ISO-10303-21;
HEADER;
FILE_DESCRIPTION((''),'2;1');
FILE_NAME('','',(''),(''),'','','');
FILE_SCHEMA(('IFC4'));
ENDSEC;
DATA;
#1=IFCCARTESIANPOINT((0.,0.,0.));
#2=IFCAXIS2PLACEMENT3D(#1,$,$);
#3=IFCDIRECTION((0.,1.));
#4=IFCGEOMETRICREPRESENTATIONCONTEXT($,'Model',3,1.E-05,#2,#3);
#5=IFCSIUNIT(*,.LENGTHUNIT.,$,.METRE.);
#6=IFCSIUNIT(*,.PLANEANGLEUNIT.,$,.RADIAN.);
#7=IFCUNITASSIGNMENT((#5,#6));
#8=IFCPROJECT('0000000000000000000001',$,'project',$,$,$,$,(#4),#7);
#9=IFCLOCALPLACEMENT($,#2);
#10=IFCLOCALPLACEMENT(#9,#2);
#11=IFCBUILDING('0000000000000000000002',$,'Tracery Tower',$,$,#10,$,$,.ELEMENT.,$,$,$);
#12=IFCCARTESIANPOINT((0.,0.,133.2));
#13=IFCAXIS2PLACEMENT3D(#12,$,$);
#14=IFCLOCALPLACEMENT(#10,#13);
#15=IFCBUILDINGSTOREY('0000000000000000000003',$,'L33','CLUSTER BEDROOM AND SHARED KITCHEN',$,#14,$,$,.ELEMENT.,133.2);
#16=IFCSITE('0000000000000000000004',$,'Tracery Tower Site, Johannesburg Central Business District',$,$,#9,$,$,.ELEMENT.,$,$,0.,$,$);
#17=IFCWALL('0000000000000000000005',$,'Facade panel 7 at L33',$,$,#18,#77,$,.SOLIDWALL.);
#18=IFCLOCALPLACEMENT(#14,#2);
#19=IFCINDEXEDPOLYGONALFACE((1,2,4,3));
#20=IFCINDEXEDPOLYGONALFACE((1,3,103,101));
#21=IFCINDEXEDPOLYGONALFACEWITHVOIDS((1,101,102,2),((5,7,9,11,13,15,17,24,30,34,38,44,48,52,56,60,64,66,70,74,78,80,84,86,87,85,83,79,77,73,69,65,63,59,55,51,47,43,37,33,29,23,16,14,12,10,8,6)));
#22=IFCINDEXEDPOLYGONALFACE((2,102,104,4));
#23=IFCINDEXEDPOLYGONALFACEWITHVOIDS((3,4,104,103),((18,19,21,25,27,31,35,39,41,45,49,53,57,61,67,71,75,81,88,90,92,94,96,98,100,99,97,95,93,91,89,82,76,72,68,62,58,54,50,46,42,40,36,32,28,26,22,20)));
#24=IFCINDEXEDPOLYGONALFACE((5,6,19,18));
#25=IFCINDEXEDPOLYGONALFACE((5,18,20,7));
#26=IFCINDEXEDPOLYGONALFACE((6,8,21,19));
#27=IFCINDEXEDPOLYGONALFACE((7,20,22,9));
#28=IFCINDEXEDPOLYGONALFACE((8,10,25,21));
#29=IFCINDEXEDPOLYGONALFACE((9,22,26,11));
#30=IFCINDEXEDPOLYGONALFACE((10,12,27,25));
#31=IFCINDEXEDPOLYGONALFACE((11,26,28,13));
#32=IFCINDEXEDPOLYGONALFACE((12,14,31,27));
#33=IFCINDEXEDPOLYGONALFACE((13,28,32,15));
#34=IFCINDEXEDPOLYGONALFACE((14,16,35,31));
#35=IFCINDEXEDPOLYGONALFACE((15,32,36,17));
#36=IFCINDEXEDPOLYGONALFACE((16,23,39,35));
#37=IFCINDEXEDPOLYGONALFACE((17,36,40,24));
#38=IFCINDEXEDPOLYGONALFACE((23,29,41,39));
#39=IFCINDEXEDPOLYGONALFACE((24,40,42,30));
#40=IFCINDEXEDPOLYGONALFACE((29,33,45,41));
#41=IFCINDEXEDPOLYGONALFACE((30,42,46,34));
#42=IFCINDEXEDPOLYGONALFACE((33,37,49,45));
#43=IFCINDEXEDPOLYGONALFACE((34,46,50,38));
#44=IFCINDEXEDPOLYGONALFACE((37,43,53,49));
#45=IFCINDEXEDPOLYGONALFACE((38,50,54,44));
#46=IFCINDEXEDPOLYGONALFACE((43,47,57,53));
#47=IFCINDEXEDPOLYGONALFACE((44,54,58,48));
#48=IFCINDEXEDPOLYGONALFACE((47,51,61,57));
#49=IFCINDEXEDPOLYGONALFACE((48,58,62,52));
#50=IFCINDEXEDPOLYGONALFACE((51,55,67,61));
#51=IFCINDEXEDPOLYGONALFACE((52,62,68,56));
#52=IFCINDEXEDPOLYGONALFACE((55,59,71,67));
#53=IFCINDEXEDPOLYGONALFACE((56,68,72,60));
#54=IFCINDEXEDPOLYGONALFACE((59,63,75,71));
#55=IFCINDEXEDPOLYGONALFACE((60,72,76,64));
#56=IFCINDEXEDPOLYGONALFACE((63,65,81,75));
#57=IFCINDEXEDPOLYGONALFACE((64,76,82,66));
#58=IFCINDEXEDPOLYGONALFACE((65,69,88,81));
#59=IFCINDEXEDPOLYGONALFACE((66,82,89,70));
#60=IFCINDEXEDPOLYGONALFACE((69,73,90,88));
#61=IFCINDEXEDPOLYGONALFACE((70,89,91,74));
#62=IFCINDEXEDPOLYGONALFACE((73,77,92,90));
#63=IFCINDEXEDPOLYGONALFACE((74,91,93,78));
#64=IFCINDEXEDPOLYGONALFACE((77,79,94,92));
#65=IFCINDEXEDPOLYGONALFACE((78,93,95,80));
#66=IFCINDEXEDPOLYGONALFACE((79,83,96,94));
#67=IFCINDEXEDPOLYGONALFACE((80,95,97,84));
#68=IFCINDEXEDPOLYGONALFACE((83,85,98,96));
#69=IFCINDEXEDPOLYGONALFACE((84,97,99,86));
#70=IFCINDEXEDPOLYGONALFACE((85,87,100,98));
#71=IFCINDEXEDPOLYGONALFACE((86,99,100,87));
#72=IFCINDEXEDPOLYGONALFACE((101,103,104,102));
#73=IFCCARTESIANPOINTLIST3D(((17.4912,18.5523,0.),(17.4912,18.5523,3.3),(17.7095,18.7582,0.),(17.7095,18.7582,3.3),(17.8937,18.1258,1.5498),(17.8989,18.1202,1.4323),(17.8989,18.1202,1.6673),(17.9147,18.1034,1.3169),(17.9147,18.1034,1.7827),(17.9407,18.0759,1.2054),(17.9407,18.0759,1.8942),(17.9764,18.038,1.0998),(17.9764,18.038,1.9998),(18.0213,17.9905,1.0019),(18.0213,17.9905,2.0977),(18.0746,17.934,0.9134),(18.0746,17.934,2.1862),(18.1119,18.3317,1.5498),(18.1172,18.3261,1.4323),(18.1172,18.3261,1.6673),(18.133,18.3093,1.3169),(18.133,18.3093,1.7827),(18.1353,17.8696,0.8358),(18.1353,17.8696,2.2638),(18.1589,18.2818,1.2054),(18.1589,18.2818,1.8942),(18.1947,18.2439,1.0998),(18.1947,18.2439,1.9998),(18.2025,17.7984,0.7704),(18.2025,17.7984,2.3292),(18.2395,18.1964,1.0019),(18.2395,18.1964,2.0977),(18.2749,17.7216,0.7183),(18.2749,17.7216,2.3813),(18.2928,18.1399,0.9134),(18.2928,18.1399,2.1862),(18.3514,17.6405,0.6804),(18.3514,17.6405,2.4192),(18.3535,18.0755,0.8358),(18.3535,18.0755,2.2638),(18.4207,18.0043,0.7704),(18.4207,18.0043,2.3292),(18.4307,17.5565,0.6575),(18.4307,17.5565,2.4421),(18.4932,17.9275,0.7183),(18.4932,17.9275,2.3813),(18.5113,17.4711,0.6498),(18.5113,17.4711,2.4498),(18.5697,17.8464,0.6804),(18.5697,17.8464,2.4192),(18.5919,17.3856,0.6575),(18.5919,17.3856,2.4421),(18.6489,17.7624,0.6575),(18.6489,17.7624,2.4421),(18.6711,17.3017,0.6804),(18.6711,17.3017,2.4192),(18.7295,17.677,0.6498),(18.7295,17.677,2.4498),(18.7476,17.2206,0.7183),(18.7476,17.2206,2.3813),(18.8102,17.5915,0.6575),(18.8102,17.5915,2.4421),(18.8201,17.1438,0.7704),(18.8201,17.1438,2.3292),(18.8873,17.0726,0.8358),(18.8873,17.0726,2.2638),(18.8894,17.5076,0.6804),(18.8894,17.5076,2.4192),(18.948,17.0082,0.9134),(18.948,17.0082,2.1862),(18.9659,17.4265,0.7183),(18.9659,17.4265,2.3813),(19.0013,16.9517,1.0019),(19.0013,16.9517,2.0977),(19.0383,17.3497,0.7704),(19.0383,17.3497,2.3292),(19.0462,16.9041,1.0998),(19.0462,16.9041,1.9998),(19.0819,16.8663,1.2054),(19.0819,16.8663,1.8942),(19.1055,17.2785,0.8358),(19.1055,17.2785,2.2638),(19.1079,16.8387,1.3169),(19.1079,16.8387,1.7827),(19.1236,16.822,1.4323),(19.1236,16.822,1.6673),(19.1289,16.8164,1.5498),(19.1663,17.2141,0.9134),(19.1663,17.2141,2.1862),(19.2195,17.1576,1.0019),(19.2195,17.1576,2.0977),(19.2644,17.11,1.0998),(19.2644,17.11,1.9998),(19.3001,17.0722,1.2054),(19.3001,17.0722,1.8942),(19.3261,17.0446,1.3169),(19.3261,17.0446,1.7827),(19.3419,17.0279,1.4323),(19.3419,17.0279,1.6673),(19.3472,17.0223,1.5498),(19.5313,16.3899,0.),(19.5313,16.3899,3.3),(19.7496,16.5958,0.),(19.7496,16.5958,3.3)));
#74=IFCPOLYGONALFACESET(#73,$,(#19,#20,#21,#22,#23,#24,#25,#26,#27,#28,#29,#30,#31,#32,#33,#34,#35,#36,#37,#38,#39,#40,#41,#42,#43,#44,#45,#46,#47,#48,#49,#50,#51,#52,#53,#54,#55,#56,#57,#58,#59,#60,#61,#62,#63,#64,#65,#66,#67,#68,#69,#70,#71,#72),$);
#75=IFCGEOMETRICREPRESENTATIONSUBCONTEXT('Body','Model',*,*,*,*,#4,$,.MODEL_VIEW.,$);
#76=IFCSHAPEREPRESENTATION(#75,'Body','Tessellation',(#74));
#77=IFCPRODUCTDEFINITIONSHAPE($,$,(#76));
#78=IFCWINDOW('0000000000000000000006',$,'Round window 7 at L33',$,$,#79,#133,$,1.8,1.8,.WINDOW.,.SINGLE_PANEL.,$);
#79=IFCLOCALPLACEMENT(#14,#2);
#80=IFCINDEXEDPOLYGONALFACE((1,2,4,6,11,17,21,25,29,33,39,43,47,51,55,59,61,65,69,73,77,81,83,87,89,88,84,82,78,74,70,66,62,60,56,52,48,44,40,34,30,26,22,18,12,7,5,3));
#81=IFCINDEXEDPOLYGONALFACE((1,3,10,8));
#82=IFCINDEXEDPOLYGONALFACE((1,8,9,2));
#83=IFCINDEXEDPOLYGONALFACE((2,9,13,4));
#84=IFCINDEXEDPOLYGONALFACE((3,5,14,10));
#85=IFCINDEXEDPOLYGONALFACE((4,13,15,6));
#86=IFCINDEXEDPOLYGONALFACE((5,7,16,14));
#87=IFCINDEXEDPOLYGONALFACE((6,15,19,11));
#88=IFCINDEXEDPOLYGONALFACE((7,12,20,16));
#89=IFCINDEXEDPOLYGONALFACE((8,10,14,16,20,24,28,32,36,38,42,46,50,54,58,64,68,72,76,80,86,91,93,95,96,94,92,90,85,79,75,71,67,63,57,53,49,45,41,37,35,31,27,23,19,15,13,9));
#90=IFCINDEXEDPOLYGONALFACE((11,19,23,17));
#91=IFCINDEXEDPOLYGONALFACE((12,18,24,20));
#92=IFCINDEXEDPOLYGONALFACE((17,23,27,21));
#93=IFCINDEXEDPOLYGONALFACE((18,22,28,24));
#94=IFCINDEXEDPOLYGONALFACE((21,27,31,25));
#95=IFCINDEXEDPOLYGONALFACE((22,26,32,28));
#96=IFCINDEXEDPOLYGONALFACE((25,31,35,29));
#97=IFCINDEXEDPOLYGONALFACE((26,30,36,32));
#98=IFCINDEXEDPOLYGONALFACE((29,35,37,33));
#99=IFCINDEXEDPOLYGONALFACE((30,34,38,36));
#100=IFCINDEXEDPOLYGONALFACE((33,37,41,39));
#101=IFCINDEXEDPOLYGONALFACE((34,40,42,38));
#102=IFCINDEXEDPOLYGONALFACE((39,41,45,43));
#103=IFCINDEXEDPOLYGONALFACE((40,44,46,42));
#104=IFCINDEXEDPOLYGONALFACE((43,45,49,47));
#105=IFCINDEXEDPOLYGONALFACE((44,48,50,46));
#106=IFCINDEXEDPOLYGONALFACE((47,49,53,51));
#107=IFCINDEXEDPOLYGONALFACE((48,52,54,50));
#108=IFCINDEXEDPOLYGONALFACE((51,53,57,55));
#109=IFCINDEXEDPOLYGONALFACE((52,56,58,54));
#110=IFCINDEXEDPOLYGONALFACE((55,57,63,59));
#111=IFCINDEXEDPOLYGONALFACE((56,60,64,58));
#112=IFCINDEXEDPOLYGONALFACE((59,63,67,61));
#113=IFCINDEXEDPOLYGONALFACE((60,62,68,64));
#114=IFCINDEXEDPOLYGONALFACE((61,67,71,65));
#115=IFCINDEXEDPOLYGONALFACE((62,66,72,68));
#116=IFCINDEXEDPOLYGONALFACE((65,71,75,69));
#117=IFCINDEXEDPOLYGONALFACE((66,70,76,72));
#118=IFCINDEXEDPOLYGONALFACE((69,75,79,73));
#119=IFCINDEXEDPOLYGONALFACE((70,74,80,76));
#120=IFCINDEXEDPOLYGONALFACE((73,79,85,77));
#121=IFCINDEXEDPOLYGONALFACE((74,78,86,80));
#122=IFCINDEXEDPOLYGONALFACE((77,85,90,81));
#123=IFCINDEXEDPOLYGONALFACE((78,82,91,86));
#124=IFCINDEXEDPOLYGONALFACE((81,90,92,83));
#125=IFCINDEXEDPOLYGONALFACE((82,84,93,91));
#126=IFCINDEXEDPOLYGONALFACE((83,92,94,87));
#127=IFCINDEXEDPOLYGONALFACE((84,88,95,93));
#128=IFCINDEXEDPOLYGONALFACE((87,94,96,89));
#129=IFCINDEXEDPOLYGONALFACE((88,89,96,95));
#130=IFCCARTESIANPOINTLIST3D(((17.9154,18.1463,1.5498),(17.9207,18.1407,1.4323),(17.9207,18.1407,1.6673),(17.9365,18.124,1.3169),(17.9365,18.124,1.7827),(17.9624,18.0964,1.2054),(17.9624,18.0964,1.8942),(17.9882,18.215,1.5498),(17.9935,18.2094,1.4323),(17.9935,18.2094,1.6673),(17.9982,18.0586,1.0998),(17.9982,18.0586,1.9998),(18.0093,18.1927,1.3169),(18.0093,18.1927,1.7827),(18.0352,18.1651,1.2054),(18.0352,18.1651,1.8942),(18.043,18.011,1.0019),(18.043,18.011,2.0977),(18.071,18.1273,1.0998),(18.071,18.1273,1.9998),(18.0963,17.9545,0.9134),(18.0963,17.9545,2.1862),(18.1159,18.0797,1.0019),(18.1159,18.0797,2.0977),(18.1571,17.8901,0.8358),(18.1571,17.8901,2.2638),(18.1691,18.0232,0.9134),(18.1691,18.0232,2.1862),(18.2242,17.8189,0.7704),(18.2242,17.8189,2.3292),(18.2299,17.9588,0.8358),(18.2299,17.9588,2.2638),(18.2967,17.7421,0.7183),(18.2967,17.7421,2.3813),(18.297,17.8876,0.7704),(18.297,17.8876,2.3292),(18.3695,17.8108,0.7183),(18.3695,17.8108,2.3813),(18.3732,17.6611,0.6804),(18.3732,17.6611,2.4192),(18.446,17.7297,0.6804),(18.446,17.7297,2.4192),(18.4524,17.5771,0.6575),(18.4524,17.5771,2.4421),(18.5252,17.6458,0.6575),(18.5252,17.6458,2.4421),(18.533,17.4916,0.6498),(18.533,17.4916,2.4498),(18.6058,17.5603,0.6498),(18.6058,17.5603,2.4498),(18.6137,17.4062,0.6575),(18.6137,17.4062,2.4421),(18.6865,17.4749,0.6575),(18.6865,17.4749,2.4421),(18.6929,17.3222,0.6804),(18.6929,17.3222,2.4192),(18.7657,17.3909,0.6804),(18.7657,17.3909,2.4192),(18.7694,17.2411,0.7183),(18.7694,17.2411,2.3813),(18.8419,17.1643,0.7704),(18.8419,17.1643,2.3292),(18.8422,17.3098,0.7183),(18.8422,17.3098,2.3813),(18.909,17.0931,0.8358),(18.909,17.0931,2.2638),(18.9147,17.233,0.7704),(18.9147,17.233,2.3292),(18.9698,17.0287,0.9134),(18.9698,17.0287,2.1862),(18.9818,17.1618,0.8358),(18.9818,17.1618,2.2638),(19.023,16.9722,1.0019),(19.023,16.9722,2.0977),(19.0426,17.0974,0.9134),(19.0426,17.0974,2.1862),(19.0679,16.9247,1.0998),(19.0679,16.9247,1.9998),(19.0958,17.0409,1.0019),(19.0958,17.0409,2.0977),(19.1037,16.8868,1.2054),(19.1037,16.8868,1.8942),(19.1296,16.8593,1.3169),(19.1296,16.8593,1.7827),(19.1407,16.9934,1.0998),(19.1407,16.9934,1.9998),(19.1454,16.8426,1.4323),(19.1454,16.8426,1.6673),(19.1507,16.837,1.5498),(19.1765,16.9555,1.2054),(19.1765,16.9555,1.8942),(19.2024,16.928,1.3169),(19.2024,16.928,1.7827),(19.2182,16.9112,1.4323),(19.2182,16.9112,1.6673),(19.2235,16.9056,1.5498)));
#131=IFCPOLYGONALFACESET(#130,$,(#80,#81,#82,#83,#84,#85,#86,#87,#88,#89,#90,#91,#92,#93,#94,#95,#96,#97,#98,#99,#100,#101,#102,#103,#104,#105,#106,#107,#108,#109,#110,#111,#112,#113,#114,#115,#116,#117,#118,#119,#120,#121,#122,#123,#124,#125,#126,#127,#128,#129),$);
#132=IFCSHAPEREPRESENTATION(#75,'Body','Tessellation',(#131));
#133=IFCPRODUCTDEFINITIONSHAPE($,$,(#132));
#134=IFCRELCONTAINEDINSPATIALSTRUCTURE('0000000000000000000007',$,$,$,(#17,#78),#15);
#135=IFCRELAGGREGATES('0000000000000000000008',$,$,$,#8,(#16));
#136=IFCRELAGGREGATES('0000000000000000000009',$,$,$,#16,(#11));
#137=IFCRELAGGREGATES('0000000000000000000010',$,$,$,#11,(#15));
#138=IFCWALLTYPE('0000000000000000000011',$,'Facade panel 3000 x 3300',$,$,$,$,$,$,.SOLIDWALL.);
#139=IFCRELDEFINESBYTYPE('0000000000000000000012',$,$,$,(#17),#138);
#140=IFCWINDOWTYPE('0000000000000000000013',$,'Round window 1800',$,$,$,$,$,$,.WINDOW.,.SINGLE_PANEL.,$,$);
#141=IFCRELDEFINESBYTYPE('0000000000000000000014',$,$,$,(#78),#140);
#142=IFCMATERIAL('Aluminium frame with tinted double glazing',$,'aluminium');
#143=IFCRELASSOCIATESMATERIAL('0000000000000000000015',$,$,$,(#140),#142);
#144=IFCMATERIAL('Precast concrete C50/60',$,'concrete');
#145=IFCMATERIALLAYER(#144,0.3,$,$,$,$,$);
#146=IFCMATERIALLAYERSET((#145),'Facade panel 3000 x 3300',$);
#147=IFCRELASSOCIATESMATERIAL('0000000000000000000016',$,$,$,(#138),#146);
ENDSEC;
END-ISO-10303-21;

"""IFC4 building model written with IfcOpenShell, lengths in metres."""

from ifc_helpers import new_model, si_unit, direction, frame, frame_2d, origin, origin_2d, place, context, subcontext, project, spatial, rectangle, circle, extrude, material, layer, layer_set, type_object, element, fill, save


model = new_model("IFC4")

# Units and contexts
model_context = context("Model", 3, precision=1e-05, world=origin(), true_north=direction((0.0, 1.0)))
body_context = subcontext(model_context, "Body", "Model", "MODEL_VIEW")
ifc_project = project(units=[si_unit("LENGTHUNIT", "METRE"), si_unit("PLANEANGLEUNIT", "RADIAN")], contexts=[model_context])

# Site, building, storey
site_placement = place(None, origin())
site = spatial("IfcSite", under=ifc_project, at=site_placement, Name="Tracery Tower Site, Johannesburg Central Business District", CompositionType="ELEMENT", RefElevation=0.0)
building_placement = place(site_placement, origin())
building = spatial("IfcBuilding", under=site, at=building_placement, Name="Tracery Tower", CompositionType="ELEMENT")
storey_placement = place(building_placement, frame((0.0, 0.0, 133.2)))
storey = spatial("IfcBuildingStorey", under=building, at=storey_placement, Name="L33", Description="CLUSTER BEDROOM AND SHARED KITCHEN", CompositionType="ELEMENT", Elevation=133.2)

# Wall, opening, window
ifc_material_1 = material(Name="Aluminium frame with tinted double glazing", Category="aluminium")
window_type = type_object("IfcWindowType", Name="Round window 1800", PartitioningType="SINGLE_PANEL", PredefinedType="WINDOW", material=ifc_material_1)
ifc_material_2 = material(Name="Precast concrete C50/60", Category="concrete")
ifc_layer_1 = layer(ifc_material_2, 0.3)
ifc_layer_set_1 = layer_set([ifc_layer_1], Name="Facade panel 3000 x 3300")
wall_type_1 = type_object("IfcWallType", Name="Facade panel 3000 x 3300", PredefinedType="SOLIDWALL", material=ifc_layer_set_1)
wall_1_placement = place(storey_placement, frame((19.6404, 16.4929, 0.0), z_axis=(0.0, 0.0, 1.0), x_axis=(-0.686235, 0.72738, 0.0)))
wall_1 = element("IfcWall", 1, at=wall_1_placement, inside=storey, type_object=wall_type_1, Name="Facade panel 7 at L33", PredefinedType="SOLIDWALL", context=body_context, shape_type="SweptSolid", body=[
    extrude(rectangle(XDim=2.9729, YDim=0.3, at=frame_2d((1.4863, 0.0))), origin(), (0.0, 0.0, 1.0), 3.3),
])
opening_1_placement = place(wall_1_placement, frame((1.4863, 0.0, 1.5498)))
opening_1 = element("IfcOpeningElement", 2, at=opening_1_placement, cuts=wall_1, PredefinedType="OPENING", context=body_context, shape_type="SweptSolid", body=[
    extrude(circle(Radius=0.9, at=origin_2d()), frame((0.0, 0.1599, 0.0), z_axis=(0.0, -1.0, 0.0), x_axis=(1.0, 0.0, 0.0)), (0.0, 0.0, 1.0), 0.3201),
])
window_1_placement = place(opening_1_placement, origin())
window_1 = element("IfcWindow", 3, at=window_1_placement, inside=storey, type_object=window_type, Name="Round window 7 at L33", OverallHeight=1.8, OverallWidth=1.8, PartitioningType="SINGLE_PANEL", PredefinedType="WINDOW", context=body_context, shape_type="SweptSolid", body=[
    extrude(circle(Radius=0.9, at=origin_2d()), frame((0.0, 0.1201, 0.0), z_axis=(0.0, -1.0, 0.0), x_axis=(1.0, 0.0, 0.0)), (0.0, 0.0, 1.0), 0.1001),
])
fill(opening_1, window_1)

save(model, "model.ifc")
